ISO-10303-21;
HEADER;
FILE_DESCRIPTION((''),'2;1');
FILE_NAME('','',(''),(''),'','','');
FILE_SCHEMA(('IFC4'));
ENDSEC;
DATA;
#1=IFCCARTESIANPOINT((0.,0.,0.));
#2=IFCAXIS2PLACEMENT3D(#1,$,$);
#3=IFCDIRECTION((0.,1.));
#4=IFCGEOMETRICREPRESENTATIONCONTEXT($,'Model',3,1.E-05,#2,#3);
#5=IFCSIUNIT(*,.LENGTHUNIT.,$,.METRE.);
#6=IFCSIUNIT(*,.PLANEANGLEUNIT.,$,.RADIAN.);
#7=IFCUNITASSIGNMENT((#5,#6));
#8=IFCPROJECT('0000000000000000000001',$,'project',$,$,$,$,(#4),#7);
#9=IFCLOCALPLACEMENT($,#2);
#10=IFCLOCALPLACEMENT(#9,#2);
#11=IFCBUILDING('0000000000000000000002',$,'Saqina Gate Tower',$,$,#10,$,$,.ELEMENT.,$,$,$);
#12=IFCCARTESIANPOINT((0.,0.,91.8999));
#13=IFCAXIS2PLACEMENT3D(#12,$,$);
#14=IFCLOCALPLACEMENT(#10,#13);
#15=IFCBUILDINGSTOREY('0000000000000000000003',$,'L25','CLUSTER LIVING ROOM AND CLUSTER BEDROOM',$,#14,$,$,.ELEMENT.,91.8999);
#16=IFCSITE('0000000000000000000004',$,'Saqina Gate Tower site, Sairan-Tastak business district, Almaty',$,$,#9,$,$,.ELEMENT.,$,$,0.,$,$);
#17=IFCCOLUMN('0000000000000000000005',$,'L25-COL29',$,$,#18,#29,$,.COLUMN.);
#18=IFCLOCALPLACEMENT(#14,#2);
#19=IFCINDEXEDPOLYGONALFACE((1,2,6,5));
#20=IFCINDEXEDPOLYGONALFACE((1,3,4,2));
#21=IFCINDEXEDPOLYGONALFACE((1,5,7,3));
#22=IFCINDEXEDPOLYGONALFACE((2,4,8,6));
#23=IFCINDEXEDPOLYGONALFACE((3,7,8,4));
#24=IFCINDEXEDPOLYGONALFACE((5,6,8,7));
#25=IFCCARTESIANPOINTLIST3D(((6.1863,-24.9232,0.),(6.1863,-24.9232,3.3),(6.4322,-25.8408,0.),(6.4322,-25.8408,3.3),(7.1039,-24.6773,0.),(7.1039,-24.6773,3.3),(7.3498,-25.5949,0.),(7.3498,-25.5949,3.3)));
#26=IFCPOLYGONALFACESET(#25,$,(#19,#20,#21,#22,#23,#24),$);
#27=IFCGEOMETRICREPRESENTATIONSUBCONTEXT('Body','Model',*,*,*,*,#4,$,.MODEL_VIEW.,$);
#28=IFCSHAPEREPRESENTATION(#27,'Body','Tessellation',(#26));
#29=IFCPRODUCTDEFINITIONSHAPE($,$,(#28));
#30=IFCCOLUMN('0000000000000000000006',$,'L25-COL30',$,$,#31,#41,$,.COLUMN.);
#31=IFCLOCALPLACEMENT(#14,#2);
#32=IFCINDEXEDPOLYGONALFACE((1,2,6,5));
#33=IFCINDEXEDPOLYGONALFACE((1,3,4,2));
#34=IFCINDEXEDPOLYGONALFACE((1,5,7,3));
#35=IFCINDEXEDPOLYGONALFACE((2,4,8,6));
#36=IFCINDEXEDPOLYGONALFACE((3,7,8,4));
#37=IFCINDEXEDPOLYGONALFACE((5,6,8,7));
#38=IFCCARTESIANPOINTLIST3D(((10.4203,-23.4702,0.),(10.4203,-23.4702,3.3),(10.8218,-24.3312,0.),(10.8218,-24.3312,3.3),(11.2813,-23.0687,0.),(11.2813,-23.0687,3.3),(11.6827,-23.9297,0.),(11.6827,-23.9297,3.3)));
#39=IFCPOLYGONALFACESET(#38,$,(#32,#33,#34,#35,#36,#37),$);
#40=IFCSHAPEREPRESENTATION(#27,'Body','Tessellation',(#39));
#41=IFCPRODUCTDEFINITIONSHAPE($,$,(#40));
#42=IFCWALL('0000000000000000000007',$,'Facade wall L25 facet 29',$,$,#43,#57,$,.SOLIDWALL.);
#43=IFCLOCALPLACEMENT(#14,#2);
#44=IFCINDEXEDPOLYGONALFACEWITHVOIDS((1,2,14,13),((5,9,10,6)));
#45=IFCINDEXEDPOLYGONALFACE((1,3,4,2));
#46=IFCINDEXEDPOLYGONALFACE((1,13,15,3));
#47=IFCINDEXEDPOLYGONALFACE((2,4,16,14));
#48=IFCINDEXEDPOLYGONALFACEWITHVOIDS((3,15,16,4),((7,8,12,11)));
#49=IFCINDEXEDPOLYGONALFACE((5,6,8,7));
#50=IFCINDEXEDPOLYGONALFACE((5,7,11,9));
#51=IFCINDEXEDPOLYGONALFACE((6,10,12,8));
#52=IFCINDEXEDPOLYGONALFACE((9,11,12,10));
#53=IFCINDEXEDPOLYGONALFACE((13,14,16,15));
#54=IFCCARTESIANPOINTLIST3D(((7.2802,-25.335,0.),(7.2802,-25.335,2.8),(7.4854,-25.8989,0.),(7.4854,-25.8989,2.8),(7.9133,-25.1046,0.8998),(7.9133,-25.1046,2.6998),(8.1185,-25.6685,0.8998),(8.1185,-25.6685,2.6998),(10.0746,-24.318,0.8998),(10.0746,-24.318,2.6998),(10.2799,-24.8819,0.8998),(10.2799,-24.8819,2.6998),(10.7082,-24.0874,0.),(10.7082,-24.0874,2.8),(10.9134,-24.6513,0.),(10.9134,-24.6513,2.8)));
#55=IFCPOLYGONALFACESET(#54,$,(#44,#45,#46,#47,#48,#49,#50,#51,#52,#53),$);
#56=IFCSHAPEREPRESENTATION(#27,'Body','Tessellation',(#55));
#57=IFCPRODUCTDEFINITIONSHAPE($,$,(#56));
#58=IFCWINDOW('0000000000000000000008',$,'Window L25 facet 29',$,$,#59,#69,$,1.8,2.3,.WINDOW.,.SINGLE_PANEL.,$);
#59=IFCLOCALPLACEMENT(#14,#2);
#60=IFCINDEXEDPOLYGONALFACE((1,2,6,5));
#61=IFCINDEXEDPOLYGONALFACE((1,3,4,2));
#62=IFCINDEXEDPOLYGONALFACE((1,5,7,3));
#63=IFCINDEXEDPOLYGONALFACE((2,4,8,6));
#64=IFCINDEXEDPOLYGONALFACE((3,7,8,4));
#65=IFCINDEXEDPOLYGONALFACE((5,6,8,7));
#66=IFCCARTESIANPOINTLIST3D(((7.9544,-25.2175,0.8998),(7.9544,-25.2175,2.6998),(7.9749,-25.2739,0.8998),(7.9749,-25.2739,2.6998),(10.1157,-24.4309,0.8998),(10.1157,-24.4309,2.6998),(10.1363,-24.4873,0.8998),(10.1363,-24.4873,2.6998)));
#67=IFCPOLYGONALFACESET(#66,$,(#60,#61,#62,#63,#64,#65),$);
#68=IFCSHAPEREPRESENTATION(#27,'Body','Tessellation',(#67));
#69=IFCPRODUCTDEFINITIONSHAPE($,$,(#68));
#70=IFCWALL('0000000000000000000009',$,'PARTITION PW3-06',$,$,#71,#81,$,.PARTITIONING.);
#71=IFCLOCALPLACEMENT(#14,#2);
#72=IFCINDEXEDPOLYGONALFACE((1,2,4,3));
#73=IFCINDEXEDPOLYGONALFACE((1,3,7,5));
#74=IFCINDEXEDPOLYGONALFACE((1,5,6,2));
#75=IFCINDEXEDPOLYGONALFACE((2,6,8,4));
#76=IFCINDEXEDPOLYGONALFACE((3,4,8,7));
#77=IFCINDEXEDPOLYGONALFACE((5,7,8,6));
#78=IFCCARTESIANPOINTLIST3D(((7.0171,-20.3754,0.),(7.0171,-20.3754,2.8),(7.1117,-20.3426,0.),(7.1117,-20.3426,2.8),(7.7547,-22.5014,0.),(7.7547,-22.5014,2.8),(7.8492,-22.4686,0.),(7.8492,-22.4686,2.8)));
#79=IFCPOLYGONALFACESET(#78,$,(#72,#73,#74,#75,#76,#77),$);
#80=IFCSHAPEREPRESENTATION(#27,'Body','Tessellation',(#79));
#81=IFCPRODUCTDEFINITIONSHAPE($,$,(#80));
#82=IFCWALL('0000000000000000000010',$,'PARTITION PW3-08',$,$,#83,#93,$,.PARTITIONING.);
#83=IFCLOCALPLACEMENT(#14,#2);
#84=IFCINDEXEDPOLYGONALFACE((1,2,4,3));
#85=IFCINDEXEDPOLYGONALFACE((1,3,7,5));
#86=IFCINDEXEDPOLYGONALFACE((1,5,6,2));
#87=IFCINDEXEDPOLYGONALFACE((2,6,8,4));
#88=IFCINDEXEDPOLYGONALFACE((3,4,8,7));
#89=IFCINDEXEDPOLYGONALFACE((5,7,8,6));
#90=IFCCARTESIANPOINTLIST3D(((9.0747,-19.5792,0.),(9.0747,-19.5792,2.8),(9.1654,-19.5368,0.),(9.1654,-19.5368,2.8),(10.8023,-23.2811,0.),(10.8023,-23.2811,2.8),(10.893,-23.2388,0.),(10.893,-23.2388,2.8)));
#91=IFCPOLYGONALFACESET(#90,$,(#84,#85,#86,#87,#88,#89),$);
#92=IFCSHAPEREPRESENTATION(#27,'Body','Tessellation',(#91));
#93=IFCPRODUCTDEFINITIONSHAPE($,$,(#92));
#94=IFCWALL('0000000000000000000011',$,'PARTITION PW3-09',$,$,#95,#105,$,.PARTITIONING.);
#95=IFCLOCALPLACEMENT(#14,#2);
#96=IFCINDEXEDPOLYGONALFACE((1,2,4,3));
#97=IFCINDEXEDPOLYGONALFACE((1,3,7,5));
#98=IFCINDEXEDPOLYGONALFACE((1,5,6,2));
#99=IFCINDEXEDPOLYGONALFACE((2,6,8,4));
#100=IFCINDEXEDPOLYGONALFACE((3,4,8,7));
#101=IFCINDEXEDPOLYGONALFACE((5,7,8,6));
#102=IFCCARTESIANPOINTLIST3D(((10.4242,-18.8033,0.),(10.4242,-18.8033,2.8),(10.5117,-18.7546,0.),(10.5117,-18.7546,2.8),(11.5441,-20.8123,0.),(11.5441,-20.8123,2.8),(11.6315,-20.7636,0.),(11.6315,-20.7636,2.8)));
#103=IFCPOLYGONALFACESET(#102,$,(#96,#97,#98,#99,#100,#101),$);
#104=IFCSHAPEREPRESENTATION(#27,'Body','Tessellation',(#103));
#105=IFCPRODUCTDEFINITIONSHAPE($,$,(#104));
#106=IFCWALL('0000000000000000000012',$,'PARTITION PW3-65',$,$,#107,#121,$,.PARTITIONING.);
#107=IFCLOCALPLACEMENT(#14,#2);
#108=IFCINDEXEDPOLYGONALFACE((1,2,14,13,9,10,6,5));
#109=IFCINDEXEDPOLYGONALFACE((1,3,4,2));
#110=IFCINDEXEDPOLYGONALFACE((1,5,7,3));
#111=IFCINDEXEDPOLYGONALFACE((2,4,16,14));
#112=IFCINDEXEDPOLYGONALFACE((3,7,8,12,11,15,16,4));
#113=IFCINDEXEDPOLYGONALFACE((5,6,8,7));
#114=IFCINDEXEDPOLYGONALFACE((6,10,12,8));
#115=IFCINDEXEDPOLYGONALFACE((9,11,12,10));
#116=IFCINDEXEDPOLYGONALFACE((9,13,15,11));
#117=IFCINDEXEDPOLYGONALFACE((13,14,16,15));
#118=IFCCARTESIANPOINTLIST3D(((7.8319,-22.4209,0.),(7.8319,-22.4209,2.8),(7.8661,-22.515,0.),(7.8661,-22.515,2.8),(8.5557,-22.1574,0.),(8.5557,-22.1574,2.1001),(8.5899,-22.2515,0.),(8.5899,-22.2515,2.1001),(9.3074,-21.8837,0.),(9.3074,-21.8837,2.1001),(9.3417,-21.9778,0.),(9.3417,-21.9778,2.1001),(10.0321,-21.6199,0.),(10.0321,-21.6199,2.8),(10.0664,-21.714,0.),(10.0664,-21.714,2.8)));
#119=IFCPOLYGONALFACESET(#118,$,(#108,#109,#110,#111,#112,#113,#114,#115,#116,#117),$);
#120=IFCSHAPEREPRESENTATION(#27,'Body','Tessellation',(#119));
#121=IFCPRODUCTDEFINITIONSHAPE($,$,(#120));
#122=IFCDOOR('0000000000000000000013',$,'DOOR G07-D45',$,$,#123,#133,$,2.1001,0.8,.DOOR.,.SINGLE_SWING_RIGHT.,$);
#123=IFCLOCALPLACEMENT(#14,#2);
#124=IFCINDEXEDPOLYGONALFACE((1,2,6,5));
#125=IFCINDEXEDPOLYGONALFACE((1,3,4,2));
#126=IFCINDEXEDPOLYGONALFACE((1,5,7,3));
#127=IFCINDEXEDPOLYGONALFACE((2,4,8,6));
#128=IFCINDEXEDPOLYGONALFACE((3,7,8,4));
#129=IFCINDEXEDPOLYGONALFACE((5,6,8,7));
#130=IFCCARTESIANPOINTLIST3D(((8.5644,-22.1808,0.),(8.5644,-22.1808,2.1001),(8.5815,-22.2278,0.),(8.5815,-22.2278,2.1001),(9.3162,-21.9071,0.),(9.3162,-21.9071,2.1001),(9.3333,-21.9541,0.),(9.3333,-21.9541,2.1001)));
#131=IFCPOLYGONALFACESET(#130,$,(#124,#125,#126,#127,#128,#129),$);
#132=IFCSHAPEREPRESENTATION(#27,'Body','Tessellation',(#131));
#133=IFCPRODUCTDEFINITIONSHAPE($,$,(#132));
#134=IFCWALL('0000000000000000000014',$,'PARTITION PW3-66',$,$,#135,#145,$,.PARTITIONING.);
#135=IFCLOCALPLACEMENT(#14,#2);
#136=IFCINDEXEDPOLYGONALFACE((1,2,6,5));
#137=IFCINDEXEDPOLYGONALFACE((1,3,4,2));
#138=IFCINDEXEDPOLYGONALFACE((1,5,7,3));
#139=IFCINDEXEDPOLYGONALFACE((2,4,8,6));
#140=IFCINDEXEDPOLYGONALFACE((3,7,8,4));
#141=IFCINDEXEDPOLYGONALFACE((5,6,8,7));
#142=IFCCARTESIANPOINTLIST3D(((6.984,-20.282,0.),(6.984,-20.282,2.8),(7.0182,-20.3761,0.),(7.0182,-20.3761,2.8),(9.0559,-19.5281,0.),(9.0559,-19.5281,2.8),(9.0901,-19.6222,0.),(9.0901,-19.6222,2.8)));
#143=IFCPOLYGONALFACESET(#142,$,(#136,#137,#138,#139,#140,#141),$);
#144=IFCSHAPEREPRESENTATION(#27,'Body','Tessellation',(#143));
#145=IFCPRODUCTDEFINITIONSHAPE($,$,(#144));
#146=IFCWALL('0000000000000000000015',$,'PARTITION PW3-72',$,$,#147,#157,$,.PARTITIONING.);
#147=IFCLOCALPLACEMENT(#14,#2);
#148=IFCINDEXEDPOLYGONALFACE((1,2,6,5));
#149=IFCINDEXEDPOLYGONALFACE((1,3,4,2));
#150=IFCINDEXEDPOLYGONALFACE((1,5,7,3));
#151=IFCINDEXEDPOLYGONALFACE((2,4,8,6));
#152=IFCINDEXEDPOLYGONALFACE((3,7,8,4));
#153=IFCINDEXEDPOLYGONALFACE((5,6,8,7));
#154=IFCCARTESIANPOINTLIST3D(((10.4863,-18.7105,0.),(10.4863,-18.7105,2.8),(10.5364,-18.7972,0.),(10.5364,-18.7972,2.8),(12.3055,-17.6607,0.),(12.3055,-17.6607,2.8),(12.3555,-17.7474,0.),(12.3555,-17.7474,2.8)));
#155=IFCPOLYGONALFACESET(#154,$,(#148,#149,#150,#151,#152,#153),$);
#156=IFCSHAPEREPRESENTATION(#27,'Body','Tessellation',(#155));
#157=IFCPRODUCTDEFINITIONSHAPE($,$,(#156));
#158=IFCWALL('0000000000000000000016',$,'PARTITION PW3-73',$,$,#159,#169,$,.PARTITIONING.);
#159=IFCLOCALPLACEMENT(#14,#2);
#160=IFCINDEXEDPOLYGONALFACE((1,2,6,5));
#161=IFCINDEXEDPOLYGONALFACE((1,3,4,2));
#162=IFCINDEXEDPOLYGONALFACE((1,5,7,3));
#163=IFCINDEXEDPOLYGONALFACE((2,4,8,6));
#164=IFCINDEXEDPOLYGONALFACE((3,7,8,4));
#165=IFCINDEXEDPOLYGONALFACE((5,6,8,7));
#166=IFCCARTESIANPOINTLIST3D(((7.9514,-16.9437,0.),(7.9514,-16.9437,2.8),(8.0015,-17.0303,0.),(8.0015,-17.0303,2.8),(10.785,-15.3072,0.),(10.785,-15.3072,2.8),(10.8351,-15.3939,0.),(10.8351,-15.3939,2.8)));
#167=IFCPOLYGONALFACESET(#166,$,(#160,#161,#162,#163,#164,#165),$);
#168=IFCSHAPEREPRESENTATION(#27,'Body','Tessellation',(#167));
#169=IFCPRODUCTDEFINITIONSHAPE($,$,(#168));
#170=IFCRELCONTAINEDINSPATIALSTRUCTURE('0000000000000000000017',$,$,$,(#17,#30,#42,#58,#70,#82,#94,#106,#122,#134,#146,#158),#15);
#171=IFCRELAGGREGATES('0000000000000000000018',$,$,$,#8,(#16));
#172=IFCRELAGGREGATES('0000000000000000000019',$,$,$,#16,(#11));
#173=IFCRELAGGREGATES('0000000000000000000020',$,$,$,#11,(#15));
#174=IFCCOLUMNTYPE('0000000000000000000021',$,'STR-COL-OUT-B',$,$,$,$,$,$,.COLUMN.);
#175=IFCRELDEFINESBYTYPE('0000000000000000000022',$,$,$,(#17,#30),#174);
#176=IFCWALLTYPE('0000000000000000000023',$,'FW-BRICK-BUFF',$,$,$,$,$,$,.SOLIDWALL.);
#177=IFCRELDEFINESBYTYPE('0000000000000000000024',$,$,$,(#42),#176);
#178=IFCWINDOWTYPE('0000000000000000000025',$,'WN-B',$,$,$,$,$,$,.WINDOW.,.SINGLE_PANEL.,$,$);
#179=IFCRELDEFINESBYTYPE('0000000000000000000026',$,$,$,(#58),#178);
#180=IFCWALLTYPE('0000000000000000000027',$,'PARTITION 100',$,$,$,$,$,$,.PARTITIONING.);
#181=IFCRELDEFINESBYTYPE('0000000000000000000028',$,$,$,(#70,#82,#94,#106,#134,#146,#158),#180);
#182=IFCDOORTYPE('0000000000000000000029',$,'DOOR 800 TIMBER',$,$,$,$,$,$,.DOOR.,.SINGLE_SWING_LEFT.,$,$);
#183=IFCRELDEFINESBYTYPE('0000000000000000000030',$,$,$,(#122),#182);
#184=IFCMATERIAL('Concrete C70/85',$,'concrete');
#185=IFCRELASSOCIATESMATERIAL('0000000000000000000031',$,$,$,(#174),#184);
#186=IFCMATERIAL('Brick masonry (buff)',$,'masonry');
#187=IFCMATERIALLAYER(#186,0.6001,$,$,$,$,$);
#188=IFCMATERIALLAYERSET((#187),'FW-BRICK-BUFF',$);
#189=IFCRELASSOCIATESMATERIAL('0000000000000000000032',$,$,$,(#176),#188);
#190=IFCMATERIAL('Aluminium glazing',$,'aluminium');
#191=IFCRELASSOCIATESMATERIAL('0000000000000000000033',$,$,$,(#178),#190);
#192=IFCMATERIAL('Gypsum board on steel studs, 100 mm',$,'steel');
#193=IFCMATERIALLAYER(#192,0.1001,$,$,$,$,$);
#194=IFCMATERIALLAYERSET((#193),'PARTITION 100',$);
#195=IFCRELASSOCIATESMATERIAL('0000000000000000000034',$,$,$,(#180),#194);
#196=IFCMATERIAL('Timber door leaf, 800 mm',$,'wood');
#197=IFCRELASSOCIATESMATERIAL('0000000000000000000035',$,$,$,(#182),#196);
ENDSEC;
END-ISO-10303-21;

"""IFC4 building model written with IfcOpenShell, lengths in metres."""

from ifc_helpers import new_model, si_unit, direction, frame, frame_2d, origin, origin_2d, place, context, subcontext, project, spatial, rectangle, extrude, material, layer, layer_set, material_profile, profile_set, type_object, element, fill, save


model = new_model("IFC4")

# Units and contexts
model_context = context("Model", 3, precision=1e-05, world=origin(), true_north=direction((0.0, 1.0)))
body_context = subcontext(model_context, "Body", "Model", "MODEL_VIEW")
ifc_project = project(units=[si_unit("LENGTHUNIT", "METRE"), si_unit("PLANEANGLEUNIT", "RADIAN")], contexts=[model_context])

# Site, building, storey
site_placement = place(None, origin())
site = spatial("IfcSite", under=ifc_project, at=site_placement, Name="Saqina Gate Tower site, Sairan-Tastak business district, Almaty", CompositionType="ELEMENT", RefElevation=0.0)
building_placement = place(site_placement, origin())
building = spatial("IfcBuilding", under=site, at=building_placement, Name="Saqina Gate Tower", CompositionType="ELEMENT")
storey_placement = place(building_placement, frame((0.0, 0.0, 91.8999)))
storey = spatial("IfcBuildingStorey", under=building, at=storey_placement, Name="L25", Description="CLUSTER LIVING ROOM AND CLUSTER BEDROOM", CompositionType="ELEMENT", Elevation=91.8999)

# Columns
ifc_material_1 = material(Name="Concrete C70/85", Category="concrete")
ifc_material_profile = material_profile(ifc_material_1, rectangle(XDim=0.95, YDim=0.95, at=origin_2d()), Name="RC 950x950")
ifc_profile_set = profile_set([ifc_material_profile], Name="Concrete C70/85")
column_type = type_object("IfcColumnType", Name="STR-COL-OUT-B", PredefinedType="COLUMN", material=ifc_profile_set)
for number, where, z_axis, x_axis, name in (
    (1, (6.7681, -25.259, 0.0), (0.0, 0.0, 1.0), (0.258819, -0.965926, 0.0), "L25-COL29"),
    (2, (11.0515, -23.7, 0.0), (0.0, 0.0, 1.0), (0.422618, -0.906308, 0.0), "L25-COL30"),
):
    element("IfcColumn", number, at=place(storey_placement, frame(where, z_axis=z_axis, x_axis=x_axis)), inside=storey, type_object=column_type, Name=name, PredefinedType="COLUMN", context=body_context, shape_type="SweptSolid", body=[
        extrude(rectangle(XDim=0.95, YDim=0.95, at=origin_2d()), origin(), (0.0, 0.0, 1.0), 3.3),
    ])

# Wall, opening, window
ifc_material_2 = material(Name="Brick masonry (buff)", Category="masonry")
ifc_layer_1 = layer(ifc_material_2, 0.6001)
ifc_layer_set_1 = layer_set([ifc_layer_1], Name="FW-BRICK-BUFF")
wall_type_1 = type_object("IfcWallType", Name="FW-BRICK-BUFF", PredefinedType="SOLIDWALL", material=ifc_layer_set_1)
wall_1_placement = place(storey_placement, frame((7.3828, -25.6169, 0.0), z_axis=(0.0, 0.0, 1.0), x_axis=(0.939704, 0.34199, 0.0)))
wall_1 = element("IfcWall", 3, at=wall_1_placement, inside=storey, type_object=wall_type_1, Name="Facade wall L25 facet 29", PredefinedType="SOLIDWALL", context=body_context, shape_type="SweptSolid", body=[
    extrude(rectangle(XDim=3.6479, YDim=0.6001, at=frame_2d((1.824, 0.0))), origin(), (0.0, 0.0, 1.0), 2.8),
])
opening_1_placement = place(wall_1_placement, frame((0.6738, 0.0, 0.8999)))
opening_1 = element("IfcOpeningElement", 4, at=opening_1_placement, cuts=wall_1, PredefinedType="OPENING", context=body_context, shape_type="SweptSolid", body=[
    extrude(rectangle(XDim=2.3, YDim=1.8, at=frame_2d((1.1499, 0.8999))), frame((0.0, 0.312, 0.0), z_axis=(0.0, -1.0, 0.0), x_axis=(1.0, 0.0, 0.0)), (0.0, 0.0, 1.0), 0.624),
])
ifc_material_3 = material(Name="Aluminium glazing", Category="aluminium")
window_type = type_object("IfcWindowType", Name="WN-B", PartitioningType="SINGLE_PANEL", PredefinedType="WINDOW", material=ifc_material_3)
window_placement = place(opening_1_placement, origin())
window = element("IfcWindow", 5, at=window_placement, inside=storey, type_object=window_type, Name="Window L25 facet 29", OverallHeight=1.8, OverallWidth=2.3, PartitioningType="SINGLE_PANEL", PredefinedType="WINDOW", context=body_context, shape_type="SweptSolid", body=[
    extrude(rectangle(XDim=2.3, YDim=1.8, at=frame_2d((1.1499, 0.8999))), frame((0.0, 0.1799, 0.0), z_axis=(0.0, -1.0, 0.0), x_axis=(1.0, 0.0, 0.0)), (0.0, 0.0, 1.0), 0.0601),
])
fill(opening_1, window)

# Walls
ifc_material_4 = material(Name="Gypsum board on steel studs, 100 mm", Category="steel")
ifc_layer_2 = layer(ifc_material_4, 0.1001)
ifc_layer_set_2 = layer_set([ifc_layer_2], Name="PARTITION 100")
wall_type_2 = type_object("IfcWallType", Name="PARTITION 100", PredefinedType="PARTITIONING", material=ifc_layer_set_2)
wall_2_placement = place(storey_placement, frame((7.0645, -20.3591, 0.0), z_axis=(0.0, 0.0, 1.0), x_axis=(0.327759, -0.944761, 0.0)))
element("IfcWall", 6, at=wall_2_placement, inside=storey, type_object=wall_type_2, Name="PARTITION PW3-06", PredefinedType="PARTITIONING", context=body_context, shape_type="SweptSolid", body=[
    extrude(rectangle(XDim=2.2502, YDim=0.1001, at=frame_2d((1.125, 0.0))), origin(), (0.0, 0.0, 1.0), 2.8),
])
wall_3_placement = place(storey_placement, frame((9.1201, -19.5581, 0.0), z_axis=(0.0, 0.0, 1.0), x_axis=(0.422882, -0.906185, 0.0)))
element("IfcWall", 7, at=wall_3_placement, inside=storey, type_object=wall_type_2, Name="PARTITION PW3-08", PredefinedType="PARTITIONING", context=body_context, shape_type="SweptSolid", body=[
    extrude(rectangle(XDim=4.0852, YDim=0.1001, at=frame_2d((2.0425, 0.0))), origin(), (0.0, 0.0, 1.0), 2.8),
])
wall_4_placement = place(storey_placement, frame((10.468, -18.7791, 0.0), z_axis=(0.0, 0.0, 1.0), x_axis=(0.486886, -0.873465, 0.0)))
element("IfcWall", 8, at=wall_4_placement, inside=storey, type_object=wall_type_2, Name="PARTITION PW3-09", PredefinedType="PARTITIONING", context=body_context, shape_type="SweptSolid", body=[
    extrude(rectangle(XDim=2.3, YDim=0.1001, at=frame_2d((1.1499, 0.0))), origin(), (0.0, 0.0, 1.0), 2.8),
])

# Wall, opening, door
wall_5_placement = place(storey_placement, frame((7.8489, -22.468, 0.0), z_axis=(0.0, 0.0, 1.0), x_axis=(0.939662, 0.342103, 0.0)))
wall_5 = element("IfcWall", 9, at=wall_5_placement, inside=storey, type_object=wall_type_2, Name="PARTITION PW3-65", PredefinedType="PARTITIONING", context=body_context, shape_type="SweptSolid", body=[
    extrude(rectangle(XDim=2.3416, YDim=0.1001, at=frame_2d((1.1709, 0.0))), origin(), (0.0, 0.0, 1.0), 2.8),
])
opening_2_placement = place(wall_5_placement, frame((0.7705, 0.0, 0.0)))
opening_2 = element("IfcOpeningElement", 10, at=opening_2_placement, cuts=wall_5, PredefinedType="OPENING", context=body_context, shape_type="SweptSolid", body=[
    extrude(rectangle(XDim=0.8, YDim=2.1001, at=frame_2d((0.3999, 1.05))), frame((0.0, 0.062, 0.0), z_axis=(0.0, -1.0, 0.0), x_axis=(1.0, 0.0, 0.0)), (0.0, 0.0, 1.0), 0.124),
])
ifc_material_5 = material(Name="Timber door leaf, 800 mm", Category="wood")
door_type_1 = type_object("IfcDoorType", Name="DOOR 800 TIMBER", OperationType="SINGLE_SWING_LEFT", PredefinedType="DOOR", material=ifc_material_5)
door_1_placement = place(opening_2_placement, frame((0.8, 0.0, 0.0), z_axis=(0.0, 0.0, 1.0), x_axis=(-1.0, 0.0, 0.0)))
door_1 = element("IfcDoor", 11, at=door_1_placement, inside=storey, type_object=door_type_1, Name="DOOR G07-D45", OperationType="SINGLE_SWING_RIGHT", OverallHeight=2.1001, OverallWidth=0.8, PredefinedType="DOOR", context=body_context, shape_type="SweptSolid", body=[
    extrude(rectangle(XDim=0.8, YDim=2.1001, at=frame_2d((0.3999, 1.05))), frame((0.0, 0.0249, 0.0), z_axis=(0.0, -1.0, 0.0), x_axis=(1.0, 0.0, 0.0)), (0.0, 0.0, 1.0), 0.05),
])
fill(opening_2, door_1)

# Walls
wall_6_placement = place(storey_placement, frame((7.001, -20.3291, 0.0), z_axis=(0.0, 0.0, 1.0), x_axis=(0.939729, 0.341921, 0.0)))
element("IfcWall", 12, at=wall_6_placement, inside=storey, type_object=wall_type_2, Name="PARTITION PW3-66", PredefinedType="PARTITIONING", context=body_context, shape_type="SweptSolid", body=[
    extrude(rectangle(XDim=2.2048, YDim=0.1001, at=frame_2d((1.1025, 0.0))), origin(), (0.0, 0.0, 1.0), 2.8),
])
wall_7_placement = place(storey_placement, frame((10.5112, -18.7539, 0.0), z_axis=(0.0, 0.0, 1.0), x_axis=(0.866118, 0.49984, 0.0)))
element("IfcWall", 13, at=wall_7_placement, inside=storey, type_object=wall_type_2, Name="PARTITION PW3-72", PredefinedType="PARTITIONING", context=body_context, shape_type="SweptSolid", body=[
    extrude(rectangle(XDim=2.1003, YDim=0.1001, at=frame_2d((1.0503, 0.0))), origin(), (0.0, 0.0, 1.0), 2.8),
])
wall_8_placement = place(storey_placement, frame((7.9763, -16.9871, 0.0), z_axis=(0.0, 0.0, 1.0), x_axis=(0.865971, 0.500095, 0.0)))
element("IfcWall", 14, at=wall_8_placement, inside=storey, type_object=wall_type_2, Name="PARTITION PW3-73", PredefinedType="PARTITIONING", context=body_context, shape_type="SweptSolid", body=[
    extrude(rectangle(XDim=3.2722, YDim=0.1001, at=frame_2d((1.6362, 0.0))), origin(), (0.0, 0.0, 1.0), 2.8),
])

save(model, "model.ifc")
